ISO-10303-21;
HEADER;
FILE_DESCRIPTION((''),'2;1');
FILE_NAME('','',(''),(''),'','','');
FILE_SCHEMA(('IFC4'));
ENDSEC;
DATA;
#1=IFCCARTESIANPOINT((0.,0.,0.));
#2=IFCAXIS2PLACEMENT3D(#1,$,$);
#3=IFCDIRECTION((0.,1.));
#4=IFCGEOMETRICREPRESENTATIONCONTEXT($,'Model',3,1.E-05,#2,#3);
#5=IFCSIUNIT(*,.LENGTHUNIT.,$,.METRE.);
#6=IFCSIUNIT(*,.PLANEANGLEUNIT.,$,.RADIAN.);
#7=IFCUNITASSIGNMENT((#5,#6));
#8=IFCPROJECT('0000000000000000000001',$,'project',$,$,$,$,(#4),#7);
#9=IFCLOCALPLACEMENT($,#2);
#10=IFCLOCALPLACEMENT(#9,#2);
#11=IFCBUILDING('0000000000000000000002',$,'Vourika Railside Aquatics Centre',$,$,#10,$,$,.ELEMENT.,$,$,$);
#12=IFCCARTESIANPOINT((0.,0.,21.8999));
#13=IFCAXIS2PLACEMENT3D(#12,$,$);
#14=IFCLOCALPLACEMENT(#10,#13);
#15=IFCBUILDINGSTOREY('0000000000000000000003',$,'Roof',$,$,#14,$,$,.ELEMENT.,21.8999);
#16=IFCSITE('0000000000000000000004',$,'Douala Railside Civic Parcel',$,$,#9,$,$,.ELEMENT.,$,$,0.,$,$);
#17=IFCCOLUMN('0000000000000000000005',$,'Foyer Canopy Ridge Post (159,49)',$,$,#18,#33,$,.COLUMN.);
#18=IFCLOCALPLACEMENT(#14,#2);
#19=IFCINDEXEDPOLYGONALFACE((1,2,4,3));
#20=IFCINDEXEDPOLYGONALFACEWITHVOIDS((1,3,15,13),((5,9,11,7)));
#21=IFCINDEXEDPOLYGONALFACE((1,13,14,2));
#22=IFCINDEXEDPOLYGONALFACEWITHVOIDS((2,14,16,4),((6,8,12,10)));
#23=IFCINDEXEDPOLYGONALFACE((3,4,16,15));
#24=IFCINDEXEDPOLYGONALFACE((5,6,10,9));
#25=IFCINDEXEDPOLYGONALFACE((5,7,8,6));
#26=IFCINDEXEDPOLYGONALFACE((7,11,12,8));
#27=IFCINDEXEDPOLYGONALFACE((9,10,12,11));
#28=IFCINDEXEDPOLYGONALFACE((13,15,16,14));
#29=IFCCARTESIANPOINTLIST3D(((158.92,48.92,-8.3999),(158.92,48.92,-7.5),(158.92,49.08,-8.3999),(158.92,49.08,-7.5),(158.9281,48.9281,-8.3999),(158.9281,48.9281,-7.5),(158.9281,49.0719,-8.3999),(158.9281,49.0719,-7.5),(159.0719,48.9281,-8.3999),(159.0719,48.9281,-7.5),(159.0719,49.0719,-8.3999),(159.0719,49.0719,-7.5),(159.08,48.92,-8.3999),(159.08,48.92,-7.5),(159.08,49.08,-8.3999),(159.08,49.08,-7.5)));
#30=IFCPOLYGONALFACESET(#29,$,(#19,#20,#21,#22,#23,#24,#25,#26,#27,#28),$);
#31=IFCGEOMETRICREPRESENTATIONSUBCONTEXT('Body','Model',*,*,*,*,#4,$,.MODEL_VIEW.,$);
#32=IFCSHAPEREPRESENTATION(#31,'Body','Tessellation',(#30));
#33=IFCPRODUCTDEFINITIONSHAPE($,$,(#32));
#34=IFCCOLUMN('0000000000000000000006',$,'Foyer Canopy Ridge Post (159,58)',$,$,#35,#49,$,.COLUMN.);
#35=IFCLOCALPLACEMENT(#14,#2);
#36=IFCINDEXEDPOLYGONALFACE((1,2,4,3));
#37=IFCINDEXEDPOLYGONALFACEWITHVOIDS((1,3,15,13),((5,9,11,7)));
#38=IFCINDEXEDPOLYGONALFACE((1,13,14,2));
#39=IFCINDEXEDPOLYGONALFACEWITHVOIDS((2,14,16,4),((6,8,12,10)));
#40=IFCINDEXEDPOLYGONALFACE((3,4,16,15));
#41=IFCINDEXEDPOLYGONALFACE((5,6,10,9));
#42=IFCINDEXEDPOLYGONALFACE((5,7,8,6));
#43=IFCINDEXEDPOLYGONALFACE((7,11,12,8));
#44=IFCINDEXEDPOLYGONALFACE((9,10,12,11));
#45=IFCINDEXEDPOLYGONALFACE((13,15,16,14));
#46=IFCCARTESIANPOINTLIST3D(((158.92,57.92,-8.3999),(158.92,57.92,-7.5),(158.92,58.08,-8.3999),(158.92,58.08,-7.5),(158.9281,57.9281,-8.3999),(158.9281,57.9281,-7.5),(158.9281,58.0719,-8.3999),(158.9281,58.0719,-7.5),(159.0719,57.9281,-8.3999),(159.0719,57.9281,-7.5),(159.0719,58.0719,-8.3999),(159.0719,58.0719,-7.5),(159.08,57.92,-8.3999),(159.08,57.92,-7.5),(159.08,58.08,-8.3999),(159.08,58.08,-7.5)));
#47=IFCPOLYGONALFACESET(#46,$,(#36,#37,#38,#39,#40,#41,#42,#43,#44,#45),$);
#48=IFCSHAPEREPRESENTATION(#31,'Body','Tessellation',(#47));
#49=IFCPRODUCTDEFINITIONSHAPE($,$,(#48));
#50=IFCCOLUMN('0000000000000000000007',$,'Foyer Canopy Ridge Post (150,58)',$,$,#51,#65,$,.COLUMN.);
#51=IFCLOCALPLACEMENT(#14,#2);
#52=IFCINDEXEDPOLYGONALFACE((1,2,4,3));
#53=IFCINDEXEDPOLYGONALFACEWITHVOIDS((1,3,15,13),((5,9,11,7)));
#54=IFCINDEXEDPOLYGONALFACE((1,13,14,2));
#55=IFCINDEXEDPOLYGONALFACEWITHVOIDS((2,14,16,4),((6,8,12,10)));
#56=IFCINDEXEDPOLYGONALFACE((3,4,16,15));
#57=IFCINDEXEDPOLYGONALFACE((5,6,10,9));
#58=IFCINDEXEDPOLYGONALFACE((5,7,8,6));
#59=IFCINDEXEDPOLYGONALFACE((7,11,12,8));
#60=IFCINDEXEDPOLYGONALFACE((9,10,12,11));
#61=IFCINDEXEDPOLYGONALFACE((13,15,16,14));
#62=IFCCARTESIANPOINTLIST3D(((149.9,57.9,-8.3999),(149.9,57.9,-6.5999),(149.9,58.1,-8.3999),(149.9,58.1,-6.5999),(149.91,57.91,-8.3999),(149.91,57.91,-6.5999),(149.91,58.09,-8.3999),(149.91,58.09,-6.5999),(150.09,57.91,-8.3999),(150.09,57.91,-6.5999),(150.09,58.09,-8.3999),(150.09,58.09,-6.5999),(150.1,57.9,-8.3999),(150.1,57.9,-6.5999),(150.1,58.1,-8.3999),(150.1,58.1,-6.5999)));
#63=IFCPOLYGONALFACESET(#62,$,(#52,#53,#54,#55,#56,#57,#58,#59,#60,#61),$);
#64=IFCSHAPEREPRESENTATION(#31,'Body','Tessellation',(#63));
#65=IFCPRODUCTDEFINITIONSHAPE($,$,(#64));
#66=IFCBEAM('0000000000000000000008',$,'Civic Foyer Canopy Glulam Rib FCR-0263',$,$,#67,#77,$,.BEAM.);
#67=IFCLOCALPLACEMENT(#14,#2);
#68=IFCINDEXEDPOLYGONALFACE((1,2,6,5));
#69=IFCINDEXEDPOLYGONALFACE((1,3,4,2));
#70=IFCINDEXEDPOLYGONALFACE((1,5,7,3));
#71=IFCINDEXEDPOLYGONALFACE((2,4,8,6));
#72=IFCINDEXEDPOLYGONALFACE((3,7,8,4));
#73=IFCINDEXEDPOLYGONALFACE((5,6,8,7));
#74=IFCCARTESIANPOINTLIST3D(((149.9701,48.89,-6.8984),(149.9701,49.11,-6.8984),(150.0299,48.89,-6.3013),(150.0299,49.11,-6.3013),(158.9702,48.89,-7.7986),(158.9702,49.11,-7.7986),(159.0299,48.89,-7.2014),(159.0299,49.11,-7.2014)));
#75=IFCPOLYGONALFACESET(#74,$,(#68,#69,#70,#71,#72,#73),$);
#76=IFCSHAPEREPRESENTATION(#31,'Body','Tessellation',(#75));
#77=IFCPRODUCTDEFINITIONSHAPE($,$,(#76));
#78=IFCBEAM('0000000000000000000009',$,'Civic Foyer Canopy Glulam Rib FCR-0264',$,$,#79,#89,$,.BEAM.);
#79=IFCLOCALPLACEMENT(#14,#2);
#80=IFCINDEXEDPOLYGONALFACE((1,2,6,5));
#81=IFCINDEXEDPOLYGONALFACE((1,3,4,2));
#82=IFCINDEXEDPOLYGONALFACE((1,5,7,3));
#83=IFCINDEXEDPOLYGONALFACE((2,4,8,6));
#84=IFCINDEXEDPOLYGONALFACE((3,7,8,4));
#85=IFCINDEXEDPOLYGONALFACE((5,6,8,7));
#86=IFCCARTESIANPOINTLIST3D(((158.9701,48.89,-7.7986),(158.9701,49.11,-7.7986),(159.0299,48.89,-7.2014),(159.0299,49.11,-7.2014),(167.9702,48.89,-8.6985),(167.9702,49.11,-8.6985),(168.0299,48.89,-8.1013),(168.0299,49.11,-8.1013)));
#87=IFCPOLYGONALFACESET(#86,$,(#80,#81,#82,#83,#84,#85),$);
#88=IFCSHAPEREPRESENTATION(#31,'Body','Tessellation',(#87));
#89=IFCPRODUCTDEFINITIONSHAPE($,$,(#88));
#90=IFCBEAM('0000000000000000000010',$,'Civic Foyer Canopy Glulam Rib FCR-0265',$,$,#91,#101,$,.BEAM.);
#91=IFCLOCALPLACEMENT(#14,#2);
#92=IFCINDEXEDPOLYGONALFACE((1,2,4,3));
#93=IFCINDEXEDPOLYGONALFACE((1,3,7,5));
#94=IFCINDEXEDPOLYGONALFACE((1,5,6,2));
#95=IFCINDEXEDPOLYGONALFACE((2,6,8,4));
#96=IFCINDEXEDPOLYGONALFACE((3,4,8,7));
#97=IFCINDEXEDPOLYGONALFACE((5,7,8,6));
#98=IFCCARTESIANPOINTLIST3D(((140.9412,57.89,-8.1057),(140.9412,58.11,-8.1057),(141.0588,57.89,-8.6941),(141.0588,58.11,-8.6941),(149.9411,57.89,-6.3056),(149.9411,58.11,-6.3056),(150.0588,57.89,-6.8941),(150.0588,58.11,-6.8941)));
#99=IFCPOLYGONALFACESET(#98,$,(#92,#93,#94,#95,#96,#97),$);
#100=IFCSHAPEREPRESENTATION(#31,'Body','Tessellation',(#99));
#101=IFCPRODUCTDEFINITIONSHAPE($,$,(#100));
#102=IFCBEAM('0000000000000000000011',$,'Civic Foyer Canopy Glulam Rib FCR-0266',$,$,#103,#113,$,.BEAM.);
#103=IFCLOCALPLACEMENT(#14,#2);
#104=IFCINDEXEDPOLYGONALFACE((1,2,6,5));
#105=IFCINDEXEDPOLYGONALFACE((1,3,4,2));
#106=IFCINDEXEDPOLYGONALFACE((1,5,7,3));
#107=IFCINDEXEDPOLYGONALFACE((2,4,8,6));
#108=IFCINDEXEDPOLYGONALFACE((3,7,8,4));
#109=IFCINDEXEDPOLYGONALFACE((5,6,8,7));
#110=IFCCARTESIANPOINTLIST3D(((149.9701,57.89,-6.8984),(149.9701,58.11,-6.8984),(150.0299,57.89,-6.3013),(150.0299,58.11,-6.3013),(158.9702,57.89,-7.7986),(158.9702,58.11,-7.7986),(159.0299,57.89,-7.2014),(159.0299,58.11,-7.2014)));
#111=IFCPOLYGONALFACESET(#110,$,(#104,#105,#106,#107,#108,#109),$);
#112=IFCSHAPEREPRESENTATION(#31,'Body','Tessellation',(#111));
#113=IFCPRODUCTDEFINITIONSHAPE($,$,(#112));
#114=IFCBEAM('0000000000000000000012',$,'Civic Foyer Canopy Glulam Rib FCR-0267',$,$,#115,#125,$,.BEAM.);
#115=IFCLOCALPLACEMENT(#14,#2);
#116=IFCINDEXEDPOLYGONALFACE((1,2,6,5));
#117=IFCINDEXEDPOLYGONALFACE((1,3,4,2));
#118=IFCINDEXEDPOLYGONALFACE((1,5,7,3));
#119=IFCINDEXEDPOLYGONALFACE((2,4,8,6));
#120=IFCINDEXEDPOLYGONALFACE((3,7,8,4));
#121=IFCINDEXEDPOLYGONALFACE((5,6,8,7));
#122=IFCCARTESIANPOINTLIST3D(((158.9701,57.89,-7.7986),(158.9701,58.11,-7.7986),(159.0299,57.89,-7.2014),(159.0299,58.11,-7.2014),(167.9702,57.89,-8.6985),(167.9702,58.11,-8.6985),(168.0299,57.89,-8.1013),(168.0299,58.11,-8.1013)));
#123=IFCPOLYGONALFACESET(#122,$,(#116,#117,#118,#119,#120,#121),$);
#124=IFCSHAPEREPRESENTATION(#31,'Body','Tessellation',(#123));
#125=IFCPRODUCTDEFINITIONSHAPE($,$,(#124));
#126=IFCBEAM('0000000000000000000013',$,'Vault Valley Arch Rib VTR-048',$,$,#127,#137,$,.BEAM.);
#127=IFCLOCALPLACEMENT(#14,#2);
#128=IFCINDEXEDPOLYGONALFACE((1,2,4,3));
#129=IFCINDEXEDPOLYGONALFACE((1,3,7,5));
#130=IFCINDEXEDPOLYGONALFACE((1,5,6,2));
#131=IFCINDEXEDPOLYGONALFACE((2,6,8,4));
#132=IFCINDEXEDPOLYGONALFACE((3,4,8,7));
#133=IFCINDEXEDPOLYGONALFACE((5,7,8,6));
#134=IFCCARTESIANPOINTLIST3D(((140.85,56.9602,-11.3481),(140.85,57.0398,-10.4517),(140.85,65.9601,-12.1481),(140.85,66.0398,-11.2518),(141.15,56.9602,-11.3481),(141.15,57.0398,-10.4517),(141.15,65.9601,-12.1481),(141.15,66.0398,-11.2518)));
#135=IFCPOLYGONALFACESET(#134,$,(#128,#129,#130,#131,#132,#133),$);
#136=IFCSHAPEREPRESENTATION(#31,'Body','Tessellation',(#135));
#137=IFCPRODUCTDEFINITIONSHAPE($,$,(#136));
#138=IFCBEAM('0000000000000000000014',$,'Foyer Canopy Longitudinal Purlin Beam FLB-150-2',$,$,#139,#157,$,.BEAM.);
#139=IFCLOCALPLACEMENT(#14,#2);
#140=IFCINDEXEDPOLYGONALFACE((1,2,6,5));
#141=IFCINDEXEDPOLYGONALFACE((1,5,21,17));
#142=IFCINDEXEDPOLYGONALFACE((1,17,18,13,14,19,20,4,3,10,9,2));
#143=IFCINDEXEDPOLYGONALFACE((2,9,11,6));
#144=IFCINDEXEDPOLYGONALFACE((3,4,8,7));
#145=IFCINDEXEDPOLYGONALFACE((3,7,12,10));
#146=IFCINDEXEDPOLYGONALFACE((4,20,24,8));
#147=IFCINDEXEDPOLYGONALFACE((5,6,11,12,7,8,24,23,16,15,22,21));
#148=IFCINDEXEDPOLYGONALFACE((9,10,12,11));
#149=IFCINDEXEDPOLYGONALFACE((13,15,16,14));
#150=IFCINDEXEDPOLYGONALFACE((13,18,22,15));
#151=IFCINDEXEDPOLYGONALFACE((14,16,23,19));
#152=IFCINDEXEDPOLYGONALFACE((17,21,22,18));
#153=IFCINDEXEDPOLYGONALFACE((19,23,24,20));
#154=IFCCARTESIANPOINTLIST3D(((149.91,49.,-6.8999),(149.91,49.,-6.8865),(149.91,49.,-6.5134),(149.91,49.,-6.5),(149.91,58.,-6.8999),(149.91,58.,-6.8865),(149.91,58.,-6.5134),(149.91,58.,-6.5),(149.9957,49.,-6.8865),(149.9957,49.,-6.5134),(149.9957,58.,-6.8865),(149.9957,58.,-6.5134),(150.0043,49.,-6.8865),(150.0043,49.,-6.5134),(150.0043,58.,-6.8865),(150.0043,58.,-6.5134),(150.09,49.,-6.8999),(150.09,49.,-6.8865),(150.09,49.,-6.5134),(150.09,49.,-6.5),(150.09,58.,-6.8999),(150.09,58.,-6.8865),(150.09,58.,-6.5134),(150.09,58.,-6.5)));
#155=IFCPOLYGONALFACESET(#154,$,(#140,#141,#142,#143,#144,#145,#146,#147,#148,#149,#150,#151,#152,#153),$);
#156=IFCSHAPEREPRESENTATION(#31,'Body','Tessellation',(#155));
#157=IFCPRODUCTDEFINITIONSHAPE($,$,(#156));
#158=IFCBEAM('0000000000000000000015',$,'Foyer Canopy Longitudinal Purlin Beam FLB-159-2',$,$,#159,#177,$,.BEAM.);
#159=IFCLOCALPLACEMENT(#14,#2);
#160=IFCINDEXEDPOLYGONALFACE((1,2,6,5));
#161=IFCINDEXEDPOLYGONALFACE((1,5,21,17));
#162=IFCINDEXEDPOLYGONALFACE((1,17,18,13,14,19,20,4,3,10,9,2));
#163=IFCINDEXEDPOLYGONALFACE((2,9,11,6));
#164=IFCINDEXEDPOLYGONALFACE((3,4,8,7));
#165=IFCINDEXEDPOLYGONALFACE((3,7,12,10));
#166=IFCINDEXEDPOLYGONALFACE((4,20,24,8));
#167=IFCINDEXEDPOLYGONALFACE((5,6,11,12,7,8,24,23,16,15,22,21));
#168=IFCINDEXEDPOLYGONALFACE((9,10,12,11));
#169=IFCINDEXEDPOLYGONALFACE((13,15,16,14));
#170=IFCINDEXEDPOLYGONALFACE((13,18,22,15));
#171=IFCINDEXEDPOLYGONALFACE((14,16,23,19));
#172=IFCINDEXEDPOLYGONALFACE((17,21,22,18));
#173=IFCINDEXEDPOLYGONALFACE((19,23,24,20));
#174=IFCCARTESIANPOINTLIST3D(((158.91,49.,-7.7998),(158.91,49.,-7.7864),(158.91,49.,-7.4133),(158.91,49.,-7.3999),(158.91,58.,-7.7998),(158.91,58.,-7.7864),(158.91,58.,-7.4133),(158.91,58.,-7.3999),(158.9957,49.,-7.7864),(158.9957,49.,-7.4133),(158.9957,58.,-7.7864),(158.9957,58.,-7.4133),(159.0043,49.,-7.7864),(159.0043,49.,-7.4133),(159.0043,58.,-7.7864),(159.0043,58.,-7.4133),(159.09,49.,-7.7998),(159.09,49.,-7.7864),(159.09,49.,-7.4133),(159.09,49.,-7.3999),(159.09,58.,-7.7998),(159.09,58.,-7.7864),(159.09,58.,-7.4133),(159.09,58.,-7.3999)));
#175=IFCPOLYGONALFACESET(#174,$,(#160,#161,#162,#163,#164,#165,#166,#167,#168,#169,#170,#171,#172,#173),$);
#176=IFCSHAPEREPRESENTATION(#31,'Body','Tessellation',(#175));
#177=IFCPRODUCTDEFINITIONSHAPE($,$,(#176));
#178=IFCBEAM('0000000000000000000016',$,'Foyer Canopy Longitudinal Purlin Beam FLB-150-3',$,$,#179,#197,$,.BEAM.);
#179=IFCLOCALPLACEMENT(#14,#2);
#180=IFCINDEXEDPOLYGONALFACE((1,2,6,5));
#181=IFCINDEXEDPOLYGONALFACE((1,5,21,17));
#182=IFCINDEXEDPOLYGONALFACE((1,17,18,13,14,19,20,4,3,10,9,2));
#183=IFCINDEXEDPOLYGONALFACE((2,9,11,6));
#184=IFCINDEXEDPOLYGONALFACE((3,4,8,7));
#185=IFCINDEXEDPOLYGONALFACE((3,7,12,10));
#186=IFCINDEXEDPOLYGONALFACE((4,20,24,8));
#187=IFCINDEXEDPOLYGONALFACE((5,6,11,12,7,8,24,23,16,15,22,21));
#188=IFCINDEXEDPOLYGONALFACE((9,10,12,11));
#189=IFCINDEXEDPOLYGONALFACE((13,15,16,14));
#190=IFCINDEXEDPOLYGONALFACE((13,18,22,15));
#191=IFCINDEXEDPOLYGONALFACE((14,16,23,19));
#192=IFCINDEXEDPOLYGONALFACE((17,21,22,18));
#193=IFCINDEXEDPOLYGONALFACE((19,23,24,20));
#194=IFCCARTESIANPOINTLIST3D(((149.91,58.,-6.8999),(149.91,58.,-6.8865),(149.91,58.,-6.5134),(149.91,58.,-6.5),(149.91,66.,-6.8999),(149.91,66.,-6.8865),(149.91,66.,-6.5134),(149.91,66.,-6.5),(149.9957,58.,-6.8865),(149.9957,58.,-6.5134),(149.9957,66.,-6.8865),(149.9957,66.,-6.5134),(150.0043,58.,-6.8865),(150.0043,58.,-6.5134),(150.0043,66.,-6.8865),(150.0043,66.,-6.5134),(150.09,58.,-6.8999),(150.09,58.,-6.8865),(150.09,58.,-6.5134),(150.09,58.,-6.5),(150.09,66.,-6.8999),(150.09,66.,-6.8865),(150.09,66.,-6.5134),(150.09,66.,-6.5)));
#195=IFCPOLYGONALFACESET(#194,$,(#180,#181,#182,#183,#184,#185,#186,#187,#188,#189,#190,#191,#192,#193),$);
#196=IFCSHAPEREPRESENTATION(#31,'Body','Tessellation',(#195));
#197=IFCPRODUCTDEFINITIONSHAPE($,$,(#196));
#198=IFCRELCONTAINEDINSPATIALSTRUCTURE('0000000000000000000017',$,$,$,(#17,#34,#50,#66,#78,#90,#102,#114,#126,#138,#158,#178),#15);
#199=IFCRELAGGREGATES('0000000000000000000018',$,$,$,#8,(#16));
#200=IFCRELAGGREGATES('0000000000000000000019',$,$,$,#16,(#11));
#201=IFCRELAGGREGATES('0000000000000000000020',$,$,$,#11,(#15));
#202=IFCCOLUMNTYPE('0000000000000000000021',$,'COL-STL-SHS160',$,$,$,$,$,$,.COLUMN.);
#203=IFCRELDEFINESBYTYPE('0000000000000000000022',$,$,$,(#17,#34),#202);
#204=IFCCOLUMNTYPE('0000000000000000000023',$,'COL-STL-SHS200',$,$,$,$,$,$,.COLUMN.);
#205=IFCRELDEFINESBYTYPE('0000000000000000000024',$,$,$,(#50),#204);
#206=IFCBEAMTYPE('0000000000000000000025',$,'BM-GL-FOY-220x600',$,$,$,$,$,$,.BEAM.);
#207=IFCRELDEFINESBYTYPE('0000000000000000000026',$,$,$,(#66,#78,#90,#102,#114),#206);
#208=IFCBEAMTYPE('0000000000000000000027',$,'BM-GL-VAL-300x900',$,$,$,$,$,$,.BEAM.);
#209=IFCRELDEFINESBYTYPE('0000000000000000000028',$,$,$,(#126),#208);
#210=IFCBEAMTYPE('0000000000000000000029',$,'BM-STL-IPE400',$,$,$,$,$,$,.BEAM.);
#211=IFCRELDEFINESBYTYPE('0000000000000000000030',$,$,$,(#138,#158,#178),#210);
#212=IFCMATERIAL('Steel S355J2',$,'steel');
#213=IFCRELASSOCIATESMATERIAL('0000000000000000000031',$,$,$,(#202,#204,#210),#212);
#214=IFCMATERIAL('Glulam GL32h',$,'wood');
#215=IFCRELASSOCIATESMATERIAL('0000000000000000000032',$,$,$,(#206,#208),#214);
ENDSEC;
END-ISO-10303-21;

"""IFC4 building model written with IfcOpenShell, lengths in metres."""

from ifc_helpers import new_model, si_unit, direction, frame, origin, origin_2d, place, context, subcontext, project, spatial, rectangle, hollow_rectangle, i_section, extrude, material, material_profile, profile_set, type_object, element, save


model = new_model("IFC4")

# Units and contexts
model_context = context("Model", 3, precision=1e-05, world=origin(), true_north=direction((0.0, 1.0)))
body_context = subcontext(model_context, "Body", "Model", "MODEL_VIEW")
ifc_project = project(units=[si_unit("LENGTHUNIT", "METRE"), si_unit("PLANEANGLEUNIT", "RADIAN")], contexts=[model_context])

# Site, building, storey
site_placement = place(None, origin())
site = spatial("IfcSite", under=ifc_project, at=site_placement, Name="Douala Railside Civic Parcel", CompositionType="ELEMENT", RefElevation=0.0)
building_placement = place(site_placement, origin())
building = spatial("IfcBuilding", under=site, at=building_placement, Name="Vourika Railside Aquatics Centre", CompositionType="ELEMENT")
storey_placement = place(building_placement, frame((0.0, 0.0, 21.8999)))
storey = spatial("IfcBuildingStorey", under=building, at=storey_placement, Name="Roof", CompositionType="ELEMENT", Elevation=21.8999)

# Columns
ifc_material_1 = material(Name="Steel S355J2", Category="steel")
ifc_material_profile_1 = material_profile(ifc_material_1, hollow_rectangle(XDim=0.1599, YDim=0.1599, WallThickness=0.0081, at=origin_2d()), Name="SHS 160x160x8")
ifc_profile_set_1 = profile_set([ifc_material_profile_1], Name="Steel S355J2")
column_type_1 = type_object("IfcColumnType", Name="COL-STL-SHS160", PredefinedType="COLUMN", material=ifc_profile_set_1)
for number, where, z_axis, x_axis, name in (
    (1, (159.0, 49.0, -8.3999), (0.0, 0.0, 1.0), (1.0, 0.0, 0.0), "Foyer Canopy Ridge Post (159,49)"),
    (2, (159.0, 58.0, -8.3999), (0.0, 0.0, 1.0), (1.0, 0.0, 0.0), "Foyer Canopy Ridge Post (159,58)"),
):
    element("IfcColumn", number, at=place(storey_placement, frame(where, z_axis=z_axis, x_axis=x_axis)), inside=storey, type_object=column_type_1, Name=name, PredefinedType="COLUMN", context=body_context, shape_type="SweptSolid", body=[
        extrude(hollow_rectangle(XDim=0.1599, YDim=0.1599, WallThickness=0.0081, at=origin_2d()), origin(), (0.0, 0.0, 1.0), 0.8999),
    ])
ifc_material_profile_2 = material_profile(ifc_material_1, hollow_rectangle(XDim=0.2, YDim=0.2, WallThickness=0.01, at=origin_2d()), Name="SHS 200x200x10")
ifc_profile_set_2 = profile_set([ifc_material_profile_2], Name="Steel S355J2")
column_type_2 = type_object("IfcColumnType", Name="COL-STL-SHS200", PredefinedType="COLUMN", material=ifc_profile_set_2)
column_placement = place(storey_placement, frame((150.0, 58.0, -8.3999), z_axis=(0.0, 0.0, 1.0), x_axis=(1.0, 0.0, 0.0)))
element("IfcColumn", 3, at=column_placement, inside=storey, type_object=column_type_2, Name="Foyer Canopy Ridge Post (150,58)", PredefinedType="COLUMN", context=body_context, shape_type="SweptSolid", body=[
    extrude(hollow_rectangle(XDim=0.2, YDim=0.2, WallThickness=0.01, at=origin_2d()), origin(), (0.0, 0.0, 1.0), 1.8),
])

# Beams
ifc_material_2 = material(Name="Glulam GL32h", Category="wood")
ifc_material_profile_3 = material_profile(ifc_material_2, rectangle(XDim=0.22, YDim=0.6001, at=origin_2d()), Name="GL32h 220x600")
ifc_profile_set_3 = profile_set([ifc_material_profile_3], Name="Glulam GL32h")
beam_type_1 = type_object("IfcBeamType", Name="BM-GL-FOY-220x600", PredefinedType="BEAM", material=ifc_profile_set_3)
for number, where, z_axis, x_axis, name in (
    (4, (150.0, 49.0, -6.5999), (0.995036, 0.0, -0.09952), (0.0, 1.0, 0.0), "Civic Foyer Canopy Glulam Rib FCR-0263"),
    (5, (159.0, 49.0, -7.5), (0.995038, 0.0, -0.099493), (0.0, 1.0, 0.0), "Civic Foyer Canopy Glulam Rib FCR-0264"),
):
    element("IfcBeam", number, at=place(storey_placement, frame(where, z_axis=z_axis, x_axis=x_axis)), inside=storey, type_object=beam_type_1, Name=name, PredefinedType="BEAM", context=body_context, shape_type="SweptSolid", body=[
        extrude(rectangle(XDim=0.22, YDim=0.6001, at=origin_2d()), origin(), (0.0, 0.0, 1.0), 9.0449),
    ])
beam_1_placement = place(storey_placement, frame((141.0, 58.0, -8.3999), z_axis=(0.98058, 0.0, 0.196121), x_axis=(0.0, 1.0, 0.0)))
element("IfcBeam", 6, at=beam_1_placement, inside=storey, type_object=beam_type_1, Name="Civic Foyer Canopy Glulam Rib FCR-0265", PredefinedType="BEAM", context=body_context, shape_type="SweptSolid", body=[
    extrude(rectangle(XDim=0.22, YDim=0.6001, at=origin_2d()), origin(), (0.0, 0.0, 1.0), 9.1782),
])
for number, where, z_axis, x_axis, name in (
    (7, (150.0, 58.0, -6.5999), (0.995036, 0.0, -0.09952), (0.0, 1.0, 0.0), "Civic Foyer Canopy Glulam Rib FCR-0266"),
    (8, (159.0, 58.0, -7.5), (0.995038, 0.0, -0.099493), (0.0, 1.0, 0.0), "Civic Foyer Canopy Glulam Rib FCR-0267"),
):
    element("IfcBeam", number, at=place(storey_placement, frame(where, z_axis=z_axis, x_axis=x_axis)), inside=storey, type_object=beam_type_1, Name=name, PredefinedType="BEAM", context=body_context, shape_type="SweptSolid", body=[
        extrude(rectangle(XDim=0.22, YDim=0.6001, at=origin_2d()), origin(), (0.0, 0.0, 1.0), 9.0449),
    ])
ifc_material_profile_4 = material_profile(ifc_material_2, rectangle(XDim=0.3, YDim=0.8999, at=origin_2d()), Name="GL32h 300x900")
ifc_profile_set_4 = profile_set([ifc_material_profile_4], Name="Glulam GL32h")
beam_type_2 = type_object("IfcBeamType", Name="BM-GL-VAL-300x900", PredefinedType="BEAM", material=ifc_profile_set_4)
beam_2_placement = place(storey_placement, frame((141.0, 57.0, -10.8999), z_axis=(0.0, 0.996072, -0.088545), x_axis=(-1.0, 0.0, 0.0)))
element("IfcBeam", 9, at=beam_2_placement, inside=storey, type_object=beam_type_2, Name="Vault Valley Arch Rib VTR-048", PredefinedType="BEAM", context=body_context, shape_type="SweptSolid", body=[
    extrude(rectangle(XDim=0.3, YDim=0.8999, at=origin_2d()), origin(), (0.0, 0.0, 1.0), 9.0354),
])
ifc_material_profile_5 = material_profile(ifc_material_1, i_section(OverallWidth=0.1799, OverallDepth=0.3999, WebThickness=0.0085, FlangeThickness=0.0134, at=origin_2d()), Name="IPE 400")
ifc_profile_set_5 = profile_set([ifc_material_profile_5], Name="Steel S355J2")
beam_type_3 = type_object("IfcBeamType", Name="BM-STL-IPE400", PredefinedType="BEAM", material=ifc_profile_set_5)
for number, where, z_axis, x_axis, name in (
    (10, (150.0, 49.0, -6.7), (0.0, 1.0, 0.0), (-1.0, 0.0, 0.0), "Foyer Canopy Longitudinal Purlin Beam FLB-150-2"),
    (11, (159.0, 49.0, -7.5999), (0.0, 1.0, 0.0), (-1.0, 0.0, 0.0), "Foyer Canopy Longitudinal Purlin Beam FLB-159-2"),
):
    element("IfcBeam", number, at=place(storey_placement, frame(where, z_axis=z_axis, x_axis=x_axis)), inside=storey, type_object=beam_type_3, Name=name, PredefinedType="BEAM", context=body_context, shape_type="SweptSolid", body=[
        extrude(i_section(OverallWidth=0.1799, OverallDepth=0.3999, WebThickness=0.0085, FlangeThickness=0.0134, at=origin_2d()), origin(), (0.0, 0.0, 1.0), 9.0),
    ])
for number, where, z_axis, x_axis, name in (
    (12, (150.0, 58.0, -6.7), (0.0, 1.0, 0.0), (-1.0, 0.0, 0.0), "Foyer Canopy Longitudinal Purlin Beam FLB-150-3"),
):
    element("IfcBeam", number, at=place(storey_placement, frame(where, z_axis=z_axis, x_axis=x_axis)), inside=storey, type_object=beam_type_3, Name=name, PredefinedType="BEAM", context=body_context, shape_type="SweptSolid", body=[
        extrude(i_section(OverallWidth=0.1799, OverallDepth=0.3999, WebThickness=0.0085, FlangeThickness=0.0134, at=origin_2d()), origin(), (0.0, 0.0, 1.0), 8.0),
    ])

save(model, "model.ifc")
